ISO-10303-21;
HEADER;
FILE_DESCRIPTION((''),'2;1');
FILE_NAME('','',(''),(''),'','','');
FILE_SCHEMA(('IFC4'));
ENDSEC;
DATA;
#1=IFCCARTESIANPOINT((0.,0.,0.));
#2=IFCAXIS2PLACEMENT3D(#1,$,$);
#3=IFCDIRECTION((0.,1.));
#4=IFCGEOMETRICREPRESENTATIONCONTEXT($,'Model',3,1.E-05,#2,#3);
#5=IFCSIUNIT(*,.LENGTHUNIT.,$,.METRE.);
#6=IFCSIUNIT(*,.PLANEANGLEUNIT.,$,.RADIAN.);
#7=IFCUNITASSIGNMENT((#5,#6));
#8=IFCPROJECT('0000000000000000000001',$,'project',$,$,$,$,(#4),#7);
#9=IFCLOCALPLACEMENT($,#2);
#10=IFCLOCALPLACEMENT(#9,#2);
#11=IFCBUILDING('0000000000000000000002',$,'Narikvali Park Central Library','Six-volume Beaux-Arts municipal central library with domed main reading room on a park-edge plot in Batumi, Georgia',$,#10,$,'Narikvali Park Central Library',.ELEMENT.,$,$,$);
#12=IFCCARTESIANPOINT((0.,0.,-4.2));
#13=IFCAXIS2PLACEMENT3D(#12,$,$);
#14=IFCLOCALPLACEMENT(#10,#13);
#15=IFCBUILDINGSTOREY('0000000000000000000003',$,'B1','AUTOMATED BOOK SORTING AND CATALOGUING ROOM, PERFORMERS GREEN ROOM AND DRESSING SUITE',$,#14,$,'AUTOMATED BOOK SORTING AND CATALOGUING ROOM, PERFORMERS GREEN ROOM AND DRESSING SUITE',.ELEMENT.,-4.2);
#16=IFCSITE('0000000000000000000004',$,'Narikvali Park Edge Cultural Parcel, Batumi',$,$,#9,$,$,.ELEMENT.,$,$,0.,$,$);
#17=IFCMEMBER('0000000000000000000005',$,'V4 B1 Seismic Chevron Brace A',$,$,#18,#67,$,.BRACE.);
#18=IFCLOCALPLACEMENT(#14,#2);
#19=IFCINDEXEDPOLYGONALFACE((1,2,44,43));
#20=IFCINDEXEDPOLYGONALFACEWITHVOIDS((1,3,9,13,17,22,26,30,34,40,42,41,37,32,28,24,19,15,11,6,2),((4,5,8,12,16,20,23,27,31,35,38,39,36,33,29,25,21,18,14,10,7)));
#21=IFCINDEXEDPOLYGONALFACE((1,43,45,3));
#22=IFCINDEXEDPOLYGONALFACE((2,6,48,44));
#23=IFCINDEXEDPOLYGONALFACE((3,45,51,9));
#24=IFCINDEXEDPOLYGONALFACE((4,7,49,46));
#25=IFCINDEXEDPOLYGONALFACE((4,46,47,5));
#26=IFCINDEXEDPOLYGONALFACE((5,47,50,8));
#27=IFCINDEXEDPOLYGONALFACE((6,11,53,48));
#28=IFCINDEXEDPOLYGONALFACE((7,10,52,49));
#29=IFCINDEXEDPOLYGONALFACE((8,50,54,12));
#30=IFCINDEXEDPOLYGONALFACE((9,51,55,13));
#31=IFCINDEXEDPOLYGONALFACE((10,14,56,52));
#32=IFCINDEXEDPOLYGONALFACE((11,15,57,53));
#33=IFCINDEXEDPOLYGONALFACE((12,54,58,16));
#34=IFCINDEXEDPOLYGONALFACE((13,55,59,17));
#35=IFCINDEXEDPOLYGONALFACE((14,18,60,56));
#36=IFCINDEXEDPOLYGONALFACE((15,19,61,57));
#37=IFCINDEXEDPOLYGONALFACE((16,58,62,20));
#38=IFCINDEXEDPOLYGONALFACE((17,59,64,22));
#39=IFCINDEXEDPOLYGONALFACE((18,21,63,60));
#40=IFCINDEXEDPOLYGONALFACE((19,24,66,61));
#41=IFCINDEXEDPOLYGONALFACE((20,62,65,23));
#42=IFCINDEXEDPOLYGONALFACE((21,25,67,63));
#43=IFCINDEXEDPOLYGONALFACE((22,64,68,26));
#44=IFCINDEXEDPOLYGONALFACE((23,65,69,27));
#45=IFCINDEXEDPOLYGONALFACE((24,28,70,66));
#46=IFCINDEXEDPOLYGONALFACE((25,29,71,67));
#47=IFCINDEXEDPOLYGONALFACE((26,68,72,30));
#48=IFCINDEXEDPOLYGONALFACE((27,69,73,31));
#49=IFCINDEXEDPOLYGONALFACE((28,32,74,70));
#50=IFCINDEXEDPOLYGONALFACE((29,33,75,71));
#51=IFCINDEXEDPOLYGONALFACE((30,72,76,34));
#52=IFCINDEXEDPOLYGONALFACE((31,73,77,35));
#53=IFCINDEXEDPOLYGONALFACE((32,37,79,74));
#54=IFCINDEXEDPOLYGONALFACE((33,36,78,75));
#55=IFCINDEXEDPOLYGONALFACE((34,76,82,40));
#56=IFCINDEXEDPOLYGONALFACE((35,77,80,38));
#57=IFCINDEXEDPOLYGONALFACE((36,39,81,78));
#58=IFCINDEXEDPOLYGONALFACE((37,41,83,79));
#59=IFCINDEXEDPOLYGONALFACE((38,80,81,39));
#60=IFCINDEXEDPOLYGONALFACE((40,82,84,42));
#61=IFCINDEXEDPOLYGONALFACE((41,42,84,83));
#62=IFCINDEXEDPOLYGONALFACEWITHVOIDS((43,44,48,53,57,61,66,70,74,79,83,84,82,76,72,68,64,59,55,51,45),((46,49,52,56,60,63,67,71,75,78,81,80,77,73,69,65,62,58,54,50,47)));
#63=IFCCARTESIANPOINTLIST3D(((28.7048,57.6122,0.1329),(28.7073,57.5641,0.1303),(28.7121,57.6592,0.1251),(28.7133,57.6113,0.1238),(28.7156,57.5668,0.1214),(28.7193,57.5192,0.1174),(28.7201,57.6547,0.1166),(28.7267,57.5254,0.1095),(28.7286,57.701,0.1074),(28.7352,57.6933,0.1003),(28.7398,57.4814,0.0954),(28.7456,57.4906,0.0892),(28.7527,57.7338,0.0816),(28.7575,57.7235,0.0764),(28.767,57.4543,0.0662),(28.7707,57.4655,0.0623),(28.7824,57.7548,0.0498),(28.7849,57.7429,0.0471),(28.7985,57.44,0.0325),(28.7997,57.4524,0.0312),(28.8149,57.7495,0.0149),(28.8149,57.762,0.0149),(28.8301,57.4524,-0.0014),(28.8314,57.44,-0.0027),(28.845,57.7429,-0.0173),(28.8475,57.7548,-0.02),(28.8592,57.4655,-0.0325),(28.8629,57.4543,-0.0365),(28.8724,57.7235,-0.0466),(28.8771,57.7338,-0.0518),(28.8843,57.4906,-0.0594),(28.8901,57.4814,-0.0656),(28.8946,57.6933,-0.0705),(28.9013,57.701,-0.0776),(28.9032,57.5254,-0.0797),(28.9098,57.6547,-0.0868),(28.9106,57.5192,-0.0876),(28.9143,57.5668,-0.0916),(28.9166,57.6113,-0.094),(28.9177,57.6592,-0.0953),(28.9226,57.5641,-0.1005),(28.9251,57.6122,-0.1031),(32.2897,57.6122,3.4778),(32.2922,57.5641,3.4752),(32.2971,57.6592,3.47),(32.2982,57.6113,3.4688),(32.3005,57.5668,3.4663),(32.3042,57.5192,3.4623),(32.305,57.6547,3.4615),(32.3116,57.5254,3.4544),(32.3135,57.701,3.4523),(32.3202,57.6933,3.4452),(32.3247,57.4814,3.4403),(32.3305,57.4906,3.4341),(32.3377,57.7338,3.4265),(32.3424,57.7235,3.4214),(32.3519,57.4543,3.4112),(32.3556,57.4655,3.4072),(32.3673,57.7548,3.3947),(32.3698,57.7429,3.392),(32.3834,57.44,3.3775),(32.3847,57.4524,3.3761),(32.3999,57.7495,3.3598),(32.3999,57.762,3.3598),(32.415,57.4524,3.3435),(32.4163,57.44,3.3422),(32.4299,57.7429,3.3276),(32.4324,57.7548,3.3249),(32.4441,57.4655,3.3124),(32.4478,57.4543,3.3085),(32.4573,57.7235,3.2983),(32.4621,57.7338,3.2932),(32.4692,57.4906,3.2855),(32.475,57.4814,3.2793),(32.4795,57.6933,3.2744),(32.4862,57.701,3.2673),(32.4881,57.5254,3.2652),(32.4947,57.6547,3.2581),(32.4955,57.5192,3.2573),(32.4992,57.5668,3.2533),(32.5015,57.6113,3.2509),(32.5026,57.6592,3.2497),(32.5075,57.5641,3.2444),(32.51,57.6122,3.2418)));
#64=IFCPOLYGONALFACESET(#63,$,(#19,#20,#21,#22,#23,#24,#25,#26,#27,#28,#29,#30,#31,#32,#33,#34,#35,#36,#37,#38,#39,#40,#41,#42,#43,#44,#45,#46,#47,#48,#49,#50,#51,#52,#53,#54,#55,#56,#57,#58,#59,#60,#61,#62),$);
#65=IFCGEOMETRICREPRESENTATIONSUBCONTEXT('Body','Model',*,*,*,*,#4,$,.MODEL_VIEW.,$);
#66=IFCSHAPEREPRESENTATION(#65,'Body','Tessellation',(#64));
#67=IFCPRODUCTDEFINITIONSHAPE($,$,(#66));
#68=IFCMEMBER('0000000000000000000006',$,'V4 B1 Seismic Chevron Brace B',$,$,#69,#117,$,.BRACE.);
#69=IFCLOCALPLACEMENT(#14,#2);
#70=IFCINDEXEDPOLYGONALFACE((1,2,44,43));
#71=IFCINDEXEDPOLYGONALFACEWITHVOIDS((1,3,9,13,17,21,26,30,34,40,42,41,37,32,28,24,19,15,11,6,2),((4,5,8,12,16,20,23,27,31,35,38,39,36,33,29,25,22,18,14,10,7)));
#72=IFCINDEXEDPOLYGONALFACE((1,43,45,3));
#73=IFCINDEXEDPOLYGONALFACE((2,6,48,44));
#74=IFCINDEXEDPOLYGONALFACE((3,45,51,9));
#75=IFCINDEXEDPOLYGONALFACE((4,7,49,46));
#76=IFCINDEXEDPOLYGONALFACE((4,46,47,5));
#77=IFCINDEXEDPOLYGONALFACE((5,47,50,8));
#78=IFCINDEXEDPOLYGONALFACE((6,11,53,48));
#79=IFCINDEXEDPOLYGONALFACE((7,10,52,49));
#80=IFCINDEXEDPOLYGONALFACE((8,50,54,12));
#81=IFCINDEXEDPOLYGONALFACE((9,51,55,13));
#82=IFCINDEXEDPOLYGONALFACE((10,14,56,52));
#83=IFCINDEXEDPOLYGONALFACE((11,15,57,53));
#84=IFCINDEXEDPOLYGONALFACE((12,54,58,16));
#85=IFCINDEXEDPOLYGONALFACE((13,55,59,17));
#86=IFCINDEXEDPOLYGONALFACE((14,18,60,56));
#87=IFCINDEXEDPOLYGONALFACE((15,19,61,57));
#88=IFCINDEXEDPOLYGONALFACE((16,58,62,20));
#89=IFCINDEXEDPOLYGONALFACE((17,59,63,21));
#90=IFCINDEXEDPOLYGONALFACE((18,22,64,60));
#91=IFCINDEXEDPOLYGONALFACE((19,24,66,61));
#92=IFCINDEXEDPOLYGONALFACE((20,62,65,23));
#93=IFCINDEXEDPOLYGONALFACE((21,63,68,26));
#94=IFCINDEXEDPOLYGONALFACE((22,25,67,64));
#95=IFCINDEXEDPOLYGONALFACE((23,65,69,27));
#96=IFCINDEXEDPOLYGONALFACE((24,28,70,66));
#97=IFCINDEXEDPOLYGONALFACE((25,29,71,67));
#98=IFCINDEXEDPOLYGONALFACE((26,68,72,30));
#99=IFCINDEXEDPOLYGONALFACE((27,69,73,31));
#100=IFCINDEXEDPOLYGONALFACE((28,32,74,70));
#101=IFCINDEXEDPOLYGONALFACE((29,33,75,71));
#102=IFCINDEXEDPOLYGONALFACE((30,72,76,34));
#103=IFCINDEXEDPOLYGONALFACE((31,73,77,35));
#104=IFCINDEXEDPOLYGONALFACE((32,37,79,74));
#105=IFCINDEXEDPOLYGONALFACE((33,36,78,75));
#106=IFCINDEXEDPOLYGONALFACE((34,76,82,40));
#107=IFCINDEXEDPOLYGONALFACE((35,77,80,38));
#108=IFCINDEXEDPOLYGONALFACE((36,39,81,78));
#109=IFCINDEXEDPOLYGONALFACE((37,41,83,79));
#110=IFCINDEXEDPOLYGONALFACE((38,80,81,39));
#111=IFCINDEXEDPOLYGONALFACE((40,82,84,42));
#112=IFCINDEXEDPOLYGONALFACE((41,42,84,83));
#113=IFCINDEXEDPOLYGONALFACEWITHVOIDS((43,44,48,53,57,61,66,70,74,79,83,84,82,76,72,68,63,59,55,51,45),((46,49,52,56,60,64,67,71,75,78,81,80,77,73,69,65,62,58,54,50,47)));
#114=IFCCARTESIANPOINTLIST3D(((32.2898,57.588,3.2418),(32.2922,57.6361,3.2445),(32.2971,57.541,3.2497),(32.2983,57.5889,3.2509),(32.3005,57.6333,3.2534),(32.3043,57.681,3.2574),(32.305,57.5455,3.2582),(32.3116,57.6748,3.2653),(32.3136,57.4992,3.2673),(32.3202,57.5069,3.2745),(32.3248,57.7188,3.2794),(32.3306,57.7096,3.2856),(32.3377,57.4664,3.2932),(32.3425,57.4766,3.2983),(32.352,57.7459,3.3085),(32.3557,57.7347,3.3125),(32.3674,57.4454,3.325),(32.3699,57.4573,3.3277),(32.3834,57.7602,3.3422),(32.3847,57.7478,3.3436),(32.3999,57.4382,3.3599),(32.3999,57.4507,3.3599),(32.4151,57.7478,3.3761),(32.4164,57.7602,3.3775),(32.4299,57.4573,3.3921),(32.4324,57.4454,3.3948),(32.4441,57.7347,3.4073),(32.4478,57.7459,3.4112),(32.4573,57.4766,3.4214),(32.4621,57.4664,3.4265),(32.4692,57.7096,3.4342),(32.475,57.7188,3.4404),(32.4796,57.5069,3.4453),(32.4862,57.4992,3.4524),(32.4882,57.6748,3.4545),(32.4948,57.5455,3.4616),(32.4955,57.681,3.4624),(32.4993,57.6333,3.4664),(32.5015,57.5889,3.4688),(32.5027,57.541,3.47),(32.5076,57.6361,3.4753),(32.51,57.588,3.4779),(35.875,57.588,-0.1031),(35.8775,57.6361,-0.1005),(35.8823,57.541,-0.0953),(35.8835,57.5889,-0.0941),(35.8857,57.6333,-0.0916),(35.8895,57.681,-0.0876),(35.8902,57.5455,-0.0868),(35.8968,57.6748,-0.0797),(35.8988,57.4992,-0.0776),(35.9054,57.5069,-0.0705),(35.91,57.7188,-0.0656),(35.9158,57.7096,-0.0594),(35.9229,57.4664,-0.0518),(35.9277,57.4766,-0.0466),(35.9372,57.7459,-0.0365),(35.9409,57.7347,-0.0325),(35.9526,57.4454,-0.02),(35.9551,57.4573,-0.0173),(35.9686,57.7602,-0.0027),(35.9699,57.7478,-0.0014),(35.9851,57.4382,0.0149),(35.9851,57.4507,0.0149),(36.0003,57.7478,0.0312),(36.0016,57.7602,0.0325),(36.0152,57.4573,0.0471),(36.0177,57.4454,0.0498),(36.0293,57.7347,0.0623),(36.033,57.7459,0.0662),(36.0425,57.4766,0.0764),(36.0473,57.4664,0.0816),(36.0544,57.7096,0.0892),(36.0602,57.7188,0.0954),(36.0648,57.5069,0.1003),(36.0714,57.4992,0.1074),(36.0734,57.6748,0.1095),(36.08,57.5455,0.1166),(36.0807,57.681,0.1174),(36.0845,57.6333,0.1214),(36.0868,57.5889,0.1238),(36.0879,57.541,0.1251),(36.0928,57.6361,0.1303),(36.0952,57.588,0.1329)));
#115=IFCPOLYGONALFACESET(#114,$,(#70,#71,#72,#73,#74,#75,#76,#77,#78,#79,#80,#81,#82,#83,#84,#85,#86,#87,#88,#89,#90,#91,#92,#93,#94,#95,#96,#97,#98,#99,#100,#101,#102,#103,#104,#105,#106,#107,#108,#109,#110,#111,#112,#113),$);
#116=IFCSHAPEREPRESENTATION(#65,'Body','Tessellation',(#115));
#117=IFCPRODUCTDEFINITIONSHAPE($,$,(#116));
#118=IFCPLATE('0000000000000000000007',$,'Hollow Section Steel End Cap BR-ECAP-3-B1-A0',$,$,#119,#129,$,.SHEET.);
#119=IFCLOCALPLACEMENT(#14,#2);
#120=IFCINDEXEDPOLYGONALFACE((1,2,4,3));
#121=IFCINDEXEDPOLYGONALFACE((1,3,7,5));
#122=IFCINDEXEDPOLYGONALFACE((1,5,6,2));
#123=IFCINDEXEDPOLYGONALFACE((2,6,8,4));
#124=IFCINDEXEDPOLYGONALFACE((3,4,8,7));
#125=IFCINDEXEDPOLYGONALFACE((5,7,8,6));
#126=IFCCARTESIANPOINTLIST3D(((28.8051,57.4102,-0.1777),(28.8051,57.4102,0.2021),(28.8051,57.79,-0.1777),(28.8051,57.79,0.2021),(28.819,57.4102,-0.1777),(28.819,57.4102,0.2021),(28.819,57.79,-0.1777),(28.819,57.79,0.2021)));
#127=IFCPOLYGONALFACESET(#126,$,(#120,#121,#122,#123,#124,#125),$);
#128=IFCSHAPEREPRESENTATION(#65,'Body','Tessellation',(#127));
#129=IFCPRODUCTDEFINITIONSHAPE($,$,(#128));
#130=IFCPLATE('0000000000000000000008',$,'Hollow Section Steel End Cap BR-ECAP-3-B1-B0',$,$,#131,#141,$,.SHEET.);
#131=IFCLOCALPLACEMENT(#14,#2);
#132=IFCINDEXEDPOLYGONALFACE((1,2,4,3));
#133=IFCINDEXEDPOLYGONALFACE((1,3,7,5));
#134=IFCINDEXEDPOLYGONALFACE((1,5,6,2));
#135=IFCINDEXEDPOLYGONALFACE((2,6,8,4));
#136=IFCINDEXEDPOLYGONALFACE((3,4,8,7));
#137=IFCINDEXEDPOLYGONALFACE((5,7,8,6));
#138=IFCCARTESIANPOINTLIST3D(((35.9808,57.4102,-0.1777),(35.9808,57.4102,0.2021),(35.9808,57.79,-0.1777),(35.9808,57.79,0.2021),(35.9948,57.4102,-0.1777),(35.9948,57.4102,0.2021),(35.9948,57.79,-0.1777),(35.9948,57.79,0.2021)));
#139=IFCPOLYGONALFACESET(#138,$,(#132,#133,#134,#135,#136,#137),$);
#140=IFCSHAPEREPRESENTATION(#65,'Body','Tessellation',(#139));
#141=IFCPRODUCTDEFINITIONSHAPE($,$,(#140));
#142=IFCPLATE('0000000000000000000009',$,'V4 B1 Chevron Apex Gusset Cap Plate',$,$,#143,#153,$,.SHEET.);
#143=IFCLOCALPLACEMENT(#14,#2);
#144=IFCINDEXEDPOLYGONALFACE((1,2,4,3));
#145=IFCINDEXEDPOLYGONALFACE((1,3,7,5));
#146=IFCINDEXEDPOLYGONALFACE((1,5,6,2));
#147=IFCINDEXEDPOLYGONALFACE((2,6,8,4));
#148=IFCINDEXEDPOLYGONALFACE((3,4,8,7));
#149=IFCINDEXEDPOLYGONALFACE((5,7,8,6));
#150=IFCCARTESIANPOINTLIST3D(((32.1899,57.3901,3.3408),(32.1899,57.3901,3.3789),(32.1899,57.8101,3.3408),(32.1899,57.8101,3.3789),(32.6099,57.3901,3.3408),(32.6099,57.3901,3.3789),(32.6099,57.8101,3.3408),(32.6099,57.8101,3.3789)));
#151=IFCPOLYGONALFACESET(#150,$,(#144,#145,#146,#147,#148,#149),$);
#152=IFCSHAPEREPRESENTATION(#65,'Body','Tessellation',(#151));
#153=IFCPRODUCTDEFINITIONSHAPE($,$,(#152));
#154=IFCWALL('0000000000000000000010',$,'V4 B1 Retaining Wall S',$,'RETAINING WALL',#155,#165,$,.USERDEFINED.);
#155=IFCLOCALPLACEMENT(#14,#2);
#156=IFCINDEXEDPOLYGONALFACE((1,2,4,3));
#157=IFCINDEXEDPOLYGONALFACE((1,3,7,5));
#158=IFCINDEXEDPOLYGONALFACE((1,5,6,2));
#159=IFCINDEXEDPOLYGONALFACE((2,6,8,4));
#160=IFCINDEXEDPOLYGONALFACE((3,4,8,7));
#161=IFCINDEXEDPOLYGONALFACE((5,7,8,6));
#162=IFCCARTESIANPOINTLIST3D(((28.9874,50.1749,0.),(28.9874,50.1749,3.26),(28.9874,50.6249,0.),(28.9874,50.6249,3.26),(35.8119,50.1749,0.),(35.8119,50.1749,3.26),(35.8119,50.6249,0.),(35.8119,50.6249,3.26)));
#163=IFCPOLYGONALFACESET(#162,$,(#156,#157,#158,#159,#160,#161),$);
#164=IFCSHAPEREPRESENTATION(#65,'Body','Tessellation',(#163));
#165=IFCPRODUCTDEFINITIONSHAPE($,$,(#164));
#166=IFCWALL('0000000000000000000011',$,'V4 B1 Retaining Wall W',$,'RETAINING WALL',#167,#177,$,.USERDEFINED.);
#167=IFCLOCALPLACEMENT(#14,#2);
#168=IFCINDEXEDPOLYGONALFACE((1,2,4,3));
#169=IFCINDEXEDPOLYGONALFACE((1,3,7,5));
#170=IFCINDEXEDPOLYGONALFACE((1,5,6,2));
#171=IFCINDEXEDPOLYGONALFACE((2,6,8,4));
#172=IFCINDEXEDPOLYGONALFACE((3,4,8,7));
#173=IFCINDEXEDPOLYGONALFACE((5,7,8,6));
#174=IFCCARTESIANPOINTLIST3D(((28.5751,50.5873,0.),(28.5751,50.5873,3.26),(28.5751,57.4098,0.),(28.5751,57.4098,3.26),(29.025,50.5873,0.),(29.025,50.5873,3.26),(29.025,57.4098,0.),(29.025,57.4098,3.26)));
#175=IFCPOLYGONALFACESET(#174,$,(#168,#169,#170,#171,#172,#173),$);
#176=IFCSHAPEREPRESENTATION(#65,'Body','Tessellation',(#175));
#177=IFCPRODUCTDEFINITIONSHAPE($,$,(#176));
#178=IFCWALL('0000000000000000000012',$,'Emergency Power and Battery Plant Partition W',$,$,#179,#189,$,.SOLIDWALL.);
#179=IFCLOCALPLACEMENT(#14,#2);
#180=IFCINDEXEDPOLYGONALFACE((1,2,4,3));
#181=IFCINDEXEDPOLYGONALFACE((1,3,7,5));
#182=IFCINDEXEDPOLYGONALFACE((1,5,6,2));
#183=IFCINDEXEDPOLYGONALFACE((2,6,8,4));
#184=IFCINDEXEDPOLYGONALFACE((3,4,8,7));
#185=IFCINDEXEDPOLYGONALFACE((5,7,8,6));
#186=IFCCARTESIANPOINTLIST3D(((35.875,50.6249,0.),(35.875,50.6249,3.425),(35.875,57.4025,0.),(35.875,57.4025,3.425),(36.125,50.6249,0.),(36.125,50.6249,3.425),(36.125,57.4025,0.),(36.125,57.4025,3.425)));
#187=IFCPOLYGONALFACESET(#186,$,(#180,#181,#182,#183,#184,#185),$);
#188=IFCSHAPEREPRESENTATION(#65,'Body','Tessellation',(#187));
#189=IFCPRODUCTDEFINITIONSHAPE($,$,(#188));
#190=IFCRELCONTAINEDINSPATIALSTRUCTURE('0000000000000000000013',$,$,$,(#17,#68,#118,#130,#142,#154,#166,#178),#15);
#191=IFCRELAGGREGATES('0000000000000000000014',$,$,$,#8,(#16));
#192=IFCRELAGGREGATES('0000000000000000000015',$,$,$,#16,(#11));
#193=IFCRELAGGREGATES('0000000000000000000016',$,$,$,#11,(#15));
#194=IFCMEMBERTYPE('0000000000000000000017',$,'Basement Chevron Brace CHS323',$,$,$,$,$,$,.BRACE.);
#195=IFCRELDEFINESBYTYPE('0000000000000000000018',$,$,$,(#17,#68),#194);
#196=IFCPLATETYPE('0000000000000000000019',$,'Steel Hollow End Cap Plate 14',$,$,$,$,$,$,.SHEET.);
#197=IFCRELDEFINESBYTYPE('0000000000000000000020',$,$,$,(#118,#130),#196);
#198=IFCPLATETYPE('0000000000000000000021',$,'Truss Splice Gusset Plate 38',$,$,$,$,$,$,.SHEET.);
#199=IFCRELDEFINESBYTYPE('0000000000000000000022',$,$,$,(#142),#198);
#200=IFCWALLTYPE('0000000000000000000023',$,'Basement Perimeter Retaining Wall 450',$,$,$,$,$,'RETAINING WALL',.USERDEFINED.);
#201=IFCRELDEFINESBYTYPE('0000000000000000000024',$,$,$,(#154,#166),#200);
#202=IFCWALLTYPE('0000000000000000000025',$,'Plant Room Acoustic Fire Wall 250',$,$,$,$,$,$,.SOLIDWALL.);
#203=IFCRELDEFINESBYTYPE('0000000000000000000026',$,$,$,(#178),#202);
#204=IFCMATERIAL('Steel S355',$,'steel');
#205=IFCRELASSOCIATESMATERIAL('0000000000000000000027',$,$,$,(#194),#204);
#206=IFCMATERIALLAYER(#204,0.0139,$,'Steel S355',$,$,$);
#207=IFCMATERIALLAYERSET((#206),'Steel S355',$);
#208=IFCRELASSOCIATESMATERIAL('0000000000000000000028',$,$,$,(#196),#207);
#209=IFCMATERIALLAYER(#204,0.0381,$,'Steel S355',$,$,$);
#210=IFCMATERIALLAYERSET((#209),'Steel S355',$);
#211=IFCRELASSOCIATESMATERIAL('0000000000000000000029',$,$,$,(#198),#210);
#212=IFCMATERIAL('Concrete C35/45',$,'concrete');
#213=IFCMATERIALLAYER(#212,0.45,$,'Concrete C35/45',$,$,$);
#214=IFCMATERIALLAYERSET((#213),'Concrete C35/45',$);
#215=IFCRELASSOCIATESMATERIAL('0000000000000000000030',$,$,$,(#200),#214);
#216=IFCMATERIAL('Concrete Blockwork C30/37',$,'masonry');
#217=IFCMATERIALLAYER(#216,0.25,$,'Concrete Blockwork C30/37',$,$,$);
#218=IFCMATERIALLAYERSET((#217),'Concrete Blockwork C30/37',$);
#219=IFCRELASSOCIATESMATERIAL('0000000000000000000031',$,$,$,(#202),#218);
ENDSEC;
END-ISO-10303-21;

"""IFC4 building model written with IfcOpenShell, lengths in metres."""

from ifc_helpers import new_model, si_unit, direction, frame, frame_2d, origin, origin_2d, place, context, subcontext, project, spatial, rectangle, hollow_circle, extrude, material, layer, layer_set, material_profile, profile_set, type_object, element, save


model = new_model("IFC4")

# Units and contexts
model_context = context("Model", 3, precision=1e-05, world=origin(), true_north=direction((0.0, 1.0)))
body_context = subcontext(model_context, "Body", "Model", "MODEL_VIEW")
ifc_project = project(units=[si_unit("LENGTHUNIT", "METRE"), si_unit("PLANEANGLEUNIT", "RADIAN")], contexts=[model_context])

# Site, building, storey
site_placement = place(None, origin())
site = spatial("IfcSite", under=ifc_project, at=site_placement, Name="Narikvali Park Edge Cultural Parcel, Batumi", CompositionType="ELEMENT", RefElevation=0.0)
building_placement = place(site_placement, origin())
building = spatial("IfcBuilding", under=site, at=building_placement, Name="Narikvali Park Central Library", Description="Six-volume Beaux-Arts municipal central library with domed main reading room on a park-edge plot in Batumi, Georgia", LongName="Narikvali Park Central Library", CompositionType="ELEMENT")
storey_placement = place(building_placement, frame((0.0, 0.0, -4.2)))
storey = spatial("IfcBuildingStorey", under=building, at=storey_placement, Name="B1", Description="AUTOMATED BOOK SORTING AND CATALOGUING ROOM, PERFORMERS GREEN ROOM AND DRESSING SUITE", LongName="AUTOMATED BOOK SORTING AND CATALOGUING ROOM, PERFORMERS GREEN ROOM AND DRESSING SUITE", CompositionType="ELEMENT", Elevation=-4.2)

# Shared definitions
ifc_material_1 = material(Name="Concrete C35/45", Category="concrete")

# Shared definitions
ifc_material_2 = material(Name="Steel S355", Category="steel")

# Members
ifc_material_profile_1 = material_profile(ifc_material_2, hollow_circle(Radius=0.1619, WallThickness=0.0125, at=origin_2d()), Name="CHS 323.9x12.5")
ifc_profile_set_1 = profile_set([ifc_material_profile_1], Name="Steel S355")
member_type = type_object("IfcMemberType", Name="Basement Chevron Brace CHS323", PredefinedType="BRACE", material=ifc_profile_set_1)
member_1_placement = place(storey_placement, frame((28.8149, 57.6001, 0.0149), z_axis=(0.731156, 0.0, 0.68221), x_axis=(0.0, 1.0, 0.0)))
element("IfcMember", 1, at=member_1_placement, inside=storey, type_object=member_type, Name="V4 B1 Seismic Chevron Brace A", PredefinedType="BRACE", context=body_context, shape_type="SweptSolid", body=[
    extrude(hollow_circle(Radius=0.1619, WallThickness=0.0125, at=origin_2d()), origin(), (0.0, 0.0, 1.0), 4.9031),
])
member_2_placement = place(storey_placement, frame((35.9851, 57.6001, 0.0149), z_axis=(-0.731179, 0.0, 0.682185), x_axis=(0.0, -1.0, 0.0)))
element("IfcMember", 2, at=member_2_placement, inside=storey, type_object=member_type, Name="V4 B1 Seismic Chevron Brace B", PredefinedType="BRACE", context=body_context, shape_type="SweptSolid", body=[
    extrude(hollow_circle(Radius=0.1619, WallThickness=0.0125, at=origin_2d()), origin(), (0.0, 0.0, 1.0), 4.9033),
])

# Plates
ifc_layer_1 = layer(ifc_material_2, 0.0139, Name="Steel S355")
ifc_layer_set_1 = layer_set([ifc_layer_1], Name="Steel S355")
plate_type_1 = type_object("IfcPlateType", Name="Steel Hollow End Cap Plate 14", PredefinedType="SHEET", material=ifc_layer_set_1)
for number, where, z_axis, x_axis, name in (
    (3, (28.812, 57.6001, -0.1777), (0.0, 0.0, 1.0), (-1.0, 0.0, 0.0), "Hollow Section Steel End Cap BR-ECAP-3-B1-A0"),
    (4, (35.9878, 57.6001, -0.1777), (0.0, 0.0, 1.0), (1.0, 0.0, 0.0), "Hollow Section Steel End Cap BR-ECAP-3-B1-B0"),
):
    element("IfcPlate", number, at=place(storey_placement, frame(where, z_axis=z_axis, x_axis=x_axis)), inside=storey, type_object=plate_type_1, Name=name, PredefinedType="SHEET", context=body_context, shape_type="SweptSolid", body=[
        extrude(rectangle(XDim=0.0139, YDim=0.3799, at=origin_2d()), origin(), (0.0, 0.0, 1.0), 0.3799),
    ])
ifc_layer_2 = layer(ifc_material_2, 0.0381, Name="Steel S355")
ifc_layer_set_2 = layer_set([ifc_layer_2], Name="Steel S355")
plate_type_2 = type_object("IfcPlateType", Name="Truss Splice Gusset Plate 38", PredefinedType="SHEET", material=ifc_layer_set_2)
plate_placement = place(storey_placement, frame((32.3999, 57.6001, 3.3408), z_axis=(0.0, 0.0, 1.0), x_axis=(1.0, 0.0, 0.0)))
element("IfcPlate", 5, at=plate_placement, inside=storey, type_object=plate_type_2, Name="V4 B1 Chevron Apex Gusset Cap Plate", PredefinedType="SHEET", context=body_context, shape_type="SweptSolid", body=[
    extrude(rectangle(XDim=0.4199, YDim=0.4199, at=origin_2d()), origin(), (0.0, 0.0, 1.0), 0.0381),
])

# Walls
ifc_layer_3 = layer(ifc_material_1, 0.45, Name="Concrete C35/45")
ifc_layer_set_3 = layer_set([ifc_layer_3], Name="Concrete C35/45")
wall_type_1 = type_object("IfcWallType", Name="Basement Perimeter Retaining Wall 450", ElementType="RETAINING WALL", PredefinedType="USERDEFINED", material=ifc_layer_set_3)
wall_1_placement = place(storey_placement, frame((28.9875, 50.3999, 0.0), z_axis=(0.0, 0.0, 1.0), x_axis=(1.0, 0.0, 0.0)))
element("IfcWall", 6, at=wall_1_placement, inside=storey, type_object=wall_type_1, Name="V4 B1 Retaining Wall S", ObjectType="RETAINING WALL", PredefinedType="USERDEFINED", context=body_context, shape_type="SweptSolid", body=[
    extrude(rectangle(XDim=6.8245, YDim=0.45, at=frame_2d((3.4121, 0.0))), origin(), (0.0, 0.0, 1.0), 3.26),
])
wall_2_placement = place(storey_placement, frame((28.8, 50.5874, 0.0), z_axis=(0.0, 0.0, 1.0), x_axis=(0.0, 1.0, 0.0)))
element("IfcWall", 7, at=wall_2_placement, inside=storey, type_object=wall_type_1, Name="V4 B1 Retaining Wall W", ObjectType="RETAINING WALL", PredefinedType="USERDEFINED", context=body_context, shape_type="SweptSolid", body=[
    extrude(rectangle(XDim=6.8225, YDim=0.45, at=frame_2d((3.4111, 0.0))), origin(), (0.0, 0.0, 1.0), 3.26),
])
ifc_material_3 = material(Name="Concrete Blockwork C30/37", Category="masonry")
ifc_layer_4 = layer(ifc_material_3, 0.25, Name="Concrete Blockwork C30/37")
ifc_layer_set_4 = layer_set([ifc_layer_4], Name="Concrete Blockwork C30/37")
wall_type_2 = type_object("IfcWallType", Name="Plant Room Acoustic Fire Wall 250", PredefinedType="SOLIDWALL", material=ifc_layer_set_4)
wall_3_placement = place(storey_placement, frame((36.0, 50.625, 0.0), z_axis=(0.0, 0.0, 1.0), x_axis=(0.0, 1.0, 0.0)))
element("IfcWall", 8, at=wall_3_placement, inside=storey, type_object=wall_type_2, Name="Emergency Power and Battery Plant Partition W", PredefinedType="SOLIDWALL", context=body_context, shape_type="SweptSolid", body=[
    extrude(rectangle(XDim=6.7776, YDim=0.25, at=frame_2d((3.3887, 0.0))), origin(), (0.0, 0.0, 1.0), 3.425),
])

save(model, "model.ifc")
